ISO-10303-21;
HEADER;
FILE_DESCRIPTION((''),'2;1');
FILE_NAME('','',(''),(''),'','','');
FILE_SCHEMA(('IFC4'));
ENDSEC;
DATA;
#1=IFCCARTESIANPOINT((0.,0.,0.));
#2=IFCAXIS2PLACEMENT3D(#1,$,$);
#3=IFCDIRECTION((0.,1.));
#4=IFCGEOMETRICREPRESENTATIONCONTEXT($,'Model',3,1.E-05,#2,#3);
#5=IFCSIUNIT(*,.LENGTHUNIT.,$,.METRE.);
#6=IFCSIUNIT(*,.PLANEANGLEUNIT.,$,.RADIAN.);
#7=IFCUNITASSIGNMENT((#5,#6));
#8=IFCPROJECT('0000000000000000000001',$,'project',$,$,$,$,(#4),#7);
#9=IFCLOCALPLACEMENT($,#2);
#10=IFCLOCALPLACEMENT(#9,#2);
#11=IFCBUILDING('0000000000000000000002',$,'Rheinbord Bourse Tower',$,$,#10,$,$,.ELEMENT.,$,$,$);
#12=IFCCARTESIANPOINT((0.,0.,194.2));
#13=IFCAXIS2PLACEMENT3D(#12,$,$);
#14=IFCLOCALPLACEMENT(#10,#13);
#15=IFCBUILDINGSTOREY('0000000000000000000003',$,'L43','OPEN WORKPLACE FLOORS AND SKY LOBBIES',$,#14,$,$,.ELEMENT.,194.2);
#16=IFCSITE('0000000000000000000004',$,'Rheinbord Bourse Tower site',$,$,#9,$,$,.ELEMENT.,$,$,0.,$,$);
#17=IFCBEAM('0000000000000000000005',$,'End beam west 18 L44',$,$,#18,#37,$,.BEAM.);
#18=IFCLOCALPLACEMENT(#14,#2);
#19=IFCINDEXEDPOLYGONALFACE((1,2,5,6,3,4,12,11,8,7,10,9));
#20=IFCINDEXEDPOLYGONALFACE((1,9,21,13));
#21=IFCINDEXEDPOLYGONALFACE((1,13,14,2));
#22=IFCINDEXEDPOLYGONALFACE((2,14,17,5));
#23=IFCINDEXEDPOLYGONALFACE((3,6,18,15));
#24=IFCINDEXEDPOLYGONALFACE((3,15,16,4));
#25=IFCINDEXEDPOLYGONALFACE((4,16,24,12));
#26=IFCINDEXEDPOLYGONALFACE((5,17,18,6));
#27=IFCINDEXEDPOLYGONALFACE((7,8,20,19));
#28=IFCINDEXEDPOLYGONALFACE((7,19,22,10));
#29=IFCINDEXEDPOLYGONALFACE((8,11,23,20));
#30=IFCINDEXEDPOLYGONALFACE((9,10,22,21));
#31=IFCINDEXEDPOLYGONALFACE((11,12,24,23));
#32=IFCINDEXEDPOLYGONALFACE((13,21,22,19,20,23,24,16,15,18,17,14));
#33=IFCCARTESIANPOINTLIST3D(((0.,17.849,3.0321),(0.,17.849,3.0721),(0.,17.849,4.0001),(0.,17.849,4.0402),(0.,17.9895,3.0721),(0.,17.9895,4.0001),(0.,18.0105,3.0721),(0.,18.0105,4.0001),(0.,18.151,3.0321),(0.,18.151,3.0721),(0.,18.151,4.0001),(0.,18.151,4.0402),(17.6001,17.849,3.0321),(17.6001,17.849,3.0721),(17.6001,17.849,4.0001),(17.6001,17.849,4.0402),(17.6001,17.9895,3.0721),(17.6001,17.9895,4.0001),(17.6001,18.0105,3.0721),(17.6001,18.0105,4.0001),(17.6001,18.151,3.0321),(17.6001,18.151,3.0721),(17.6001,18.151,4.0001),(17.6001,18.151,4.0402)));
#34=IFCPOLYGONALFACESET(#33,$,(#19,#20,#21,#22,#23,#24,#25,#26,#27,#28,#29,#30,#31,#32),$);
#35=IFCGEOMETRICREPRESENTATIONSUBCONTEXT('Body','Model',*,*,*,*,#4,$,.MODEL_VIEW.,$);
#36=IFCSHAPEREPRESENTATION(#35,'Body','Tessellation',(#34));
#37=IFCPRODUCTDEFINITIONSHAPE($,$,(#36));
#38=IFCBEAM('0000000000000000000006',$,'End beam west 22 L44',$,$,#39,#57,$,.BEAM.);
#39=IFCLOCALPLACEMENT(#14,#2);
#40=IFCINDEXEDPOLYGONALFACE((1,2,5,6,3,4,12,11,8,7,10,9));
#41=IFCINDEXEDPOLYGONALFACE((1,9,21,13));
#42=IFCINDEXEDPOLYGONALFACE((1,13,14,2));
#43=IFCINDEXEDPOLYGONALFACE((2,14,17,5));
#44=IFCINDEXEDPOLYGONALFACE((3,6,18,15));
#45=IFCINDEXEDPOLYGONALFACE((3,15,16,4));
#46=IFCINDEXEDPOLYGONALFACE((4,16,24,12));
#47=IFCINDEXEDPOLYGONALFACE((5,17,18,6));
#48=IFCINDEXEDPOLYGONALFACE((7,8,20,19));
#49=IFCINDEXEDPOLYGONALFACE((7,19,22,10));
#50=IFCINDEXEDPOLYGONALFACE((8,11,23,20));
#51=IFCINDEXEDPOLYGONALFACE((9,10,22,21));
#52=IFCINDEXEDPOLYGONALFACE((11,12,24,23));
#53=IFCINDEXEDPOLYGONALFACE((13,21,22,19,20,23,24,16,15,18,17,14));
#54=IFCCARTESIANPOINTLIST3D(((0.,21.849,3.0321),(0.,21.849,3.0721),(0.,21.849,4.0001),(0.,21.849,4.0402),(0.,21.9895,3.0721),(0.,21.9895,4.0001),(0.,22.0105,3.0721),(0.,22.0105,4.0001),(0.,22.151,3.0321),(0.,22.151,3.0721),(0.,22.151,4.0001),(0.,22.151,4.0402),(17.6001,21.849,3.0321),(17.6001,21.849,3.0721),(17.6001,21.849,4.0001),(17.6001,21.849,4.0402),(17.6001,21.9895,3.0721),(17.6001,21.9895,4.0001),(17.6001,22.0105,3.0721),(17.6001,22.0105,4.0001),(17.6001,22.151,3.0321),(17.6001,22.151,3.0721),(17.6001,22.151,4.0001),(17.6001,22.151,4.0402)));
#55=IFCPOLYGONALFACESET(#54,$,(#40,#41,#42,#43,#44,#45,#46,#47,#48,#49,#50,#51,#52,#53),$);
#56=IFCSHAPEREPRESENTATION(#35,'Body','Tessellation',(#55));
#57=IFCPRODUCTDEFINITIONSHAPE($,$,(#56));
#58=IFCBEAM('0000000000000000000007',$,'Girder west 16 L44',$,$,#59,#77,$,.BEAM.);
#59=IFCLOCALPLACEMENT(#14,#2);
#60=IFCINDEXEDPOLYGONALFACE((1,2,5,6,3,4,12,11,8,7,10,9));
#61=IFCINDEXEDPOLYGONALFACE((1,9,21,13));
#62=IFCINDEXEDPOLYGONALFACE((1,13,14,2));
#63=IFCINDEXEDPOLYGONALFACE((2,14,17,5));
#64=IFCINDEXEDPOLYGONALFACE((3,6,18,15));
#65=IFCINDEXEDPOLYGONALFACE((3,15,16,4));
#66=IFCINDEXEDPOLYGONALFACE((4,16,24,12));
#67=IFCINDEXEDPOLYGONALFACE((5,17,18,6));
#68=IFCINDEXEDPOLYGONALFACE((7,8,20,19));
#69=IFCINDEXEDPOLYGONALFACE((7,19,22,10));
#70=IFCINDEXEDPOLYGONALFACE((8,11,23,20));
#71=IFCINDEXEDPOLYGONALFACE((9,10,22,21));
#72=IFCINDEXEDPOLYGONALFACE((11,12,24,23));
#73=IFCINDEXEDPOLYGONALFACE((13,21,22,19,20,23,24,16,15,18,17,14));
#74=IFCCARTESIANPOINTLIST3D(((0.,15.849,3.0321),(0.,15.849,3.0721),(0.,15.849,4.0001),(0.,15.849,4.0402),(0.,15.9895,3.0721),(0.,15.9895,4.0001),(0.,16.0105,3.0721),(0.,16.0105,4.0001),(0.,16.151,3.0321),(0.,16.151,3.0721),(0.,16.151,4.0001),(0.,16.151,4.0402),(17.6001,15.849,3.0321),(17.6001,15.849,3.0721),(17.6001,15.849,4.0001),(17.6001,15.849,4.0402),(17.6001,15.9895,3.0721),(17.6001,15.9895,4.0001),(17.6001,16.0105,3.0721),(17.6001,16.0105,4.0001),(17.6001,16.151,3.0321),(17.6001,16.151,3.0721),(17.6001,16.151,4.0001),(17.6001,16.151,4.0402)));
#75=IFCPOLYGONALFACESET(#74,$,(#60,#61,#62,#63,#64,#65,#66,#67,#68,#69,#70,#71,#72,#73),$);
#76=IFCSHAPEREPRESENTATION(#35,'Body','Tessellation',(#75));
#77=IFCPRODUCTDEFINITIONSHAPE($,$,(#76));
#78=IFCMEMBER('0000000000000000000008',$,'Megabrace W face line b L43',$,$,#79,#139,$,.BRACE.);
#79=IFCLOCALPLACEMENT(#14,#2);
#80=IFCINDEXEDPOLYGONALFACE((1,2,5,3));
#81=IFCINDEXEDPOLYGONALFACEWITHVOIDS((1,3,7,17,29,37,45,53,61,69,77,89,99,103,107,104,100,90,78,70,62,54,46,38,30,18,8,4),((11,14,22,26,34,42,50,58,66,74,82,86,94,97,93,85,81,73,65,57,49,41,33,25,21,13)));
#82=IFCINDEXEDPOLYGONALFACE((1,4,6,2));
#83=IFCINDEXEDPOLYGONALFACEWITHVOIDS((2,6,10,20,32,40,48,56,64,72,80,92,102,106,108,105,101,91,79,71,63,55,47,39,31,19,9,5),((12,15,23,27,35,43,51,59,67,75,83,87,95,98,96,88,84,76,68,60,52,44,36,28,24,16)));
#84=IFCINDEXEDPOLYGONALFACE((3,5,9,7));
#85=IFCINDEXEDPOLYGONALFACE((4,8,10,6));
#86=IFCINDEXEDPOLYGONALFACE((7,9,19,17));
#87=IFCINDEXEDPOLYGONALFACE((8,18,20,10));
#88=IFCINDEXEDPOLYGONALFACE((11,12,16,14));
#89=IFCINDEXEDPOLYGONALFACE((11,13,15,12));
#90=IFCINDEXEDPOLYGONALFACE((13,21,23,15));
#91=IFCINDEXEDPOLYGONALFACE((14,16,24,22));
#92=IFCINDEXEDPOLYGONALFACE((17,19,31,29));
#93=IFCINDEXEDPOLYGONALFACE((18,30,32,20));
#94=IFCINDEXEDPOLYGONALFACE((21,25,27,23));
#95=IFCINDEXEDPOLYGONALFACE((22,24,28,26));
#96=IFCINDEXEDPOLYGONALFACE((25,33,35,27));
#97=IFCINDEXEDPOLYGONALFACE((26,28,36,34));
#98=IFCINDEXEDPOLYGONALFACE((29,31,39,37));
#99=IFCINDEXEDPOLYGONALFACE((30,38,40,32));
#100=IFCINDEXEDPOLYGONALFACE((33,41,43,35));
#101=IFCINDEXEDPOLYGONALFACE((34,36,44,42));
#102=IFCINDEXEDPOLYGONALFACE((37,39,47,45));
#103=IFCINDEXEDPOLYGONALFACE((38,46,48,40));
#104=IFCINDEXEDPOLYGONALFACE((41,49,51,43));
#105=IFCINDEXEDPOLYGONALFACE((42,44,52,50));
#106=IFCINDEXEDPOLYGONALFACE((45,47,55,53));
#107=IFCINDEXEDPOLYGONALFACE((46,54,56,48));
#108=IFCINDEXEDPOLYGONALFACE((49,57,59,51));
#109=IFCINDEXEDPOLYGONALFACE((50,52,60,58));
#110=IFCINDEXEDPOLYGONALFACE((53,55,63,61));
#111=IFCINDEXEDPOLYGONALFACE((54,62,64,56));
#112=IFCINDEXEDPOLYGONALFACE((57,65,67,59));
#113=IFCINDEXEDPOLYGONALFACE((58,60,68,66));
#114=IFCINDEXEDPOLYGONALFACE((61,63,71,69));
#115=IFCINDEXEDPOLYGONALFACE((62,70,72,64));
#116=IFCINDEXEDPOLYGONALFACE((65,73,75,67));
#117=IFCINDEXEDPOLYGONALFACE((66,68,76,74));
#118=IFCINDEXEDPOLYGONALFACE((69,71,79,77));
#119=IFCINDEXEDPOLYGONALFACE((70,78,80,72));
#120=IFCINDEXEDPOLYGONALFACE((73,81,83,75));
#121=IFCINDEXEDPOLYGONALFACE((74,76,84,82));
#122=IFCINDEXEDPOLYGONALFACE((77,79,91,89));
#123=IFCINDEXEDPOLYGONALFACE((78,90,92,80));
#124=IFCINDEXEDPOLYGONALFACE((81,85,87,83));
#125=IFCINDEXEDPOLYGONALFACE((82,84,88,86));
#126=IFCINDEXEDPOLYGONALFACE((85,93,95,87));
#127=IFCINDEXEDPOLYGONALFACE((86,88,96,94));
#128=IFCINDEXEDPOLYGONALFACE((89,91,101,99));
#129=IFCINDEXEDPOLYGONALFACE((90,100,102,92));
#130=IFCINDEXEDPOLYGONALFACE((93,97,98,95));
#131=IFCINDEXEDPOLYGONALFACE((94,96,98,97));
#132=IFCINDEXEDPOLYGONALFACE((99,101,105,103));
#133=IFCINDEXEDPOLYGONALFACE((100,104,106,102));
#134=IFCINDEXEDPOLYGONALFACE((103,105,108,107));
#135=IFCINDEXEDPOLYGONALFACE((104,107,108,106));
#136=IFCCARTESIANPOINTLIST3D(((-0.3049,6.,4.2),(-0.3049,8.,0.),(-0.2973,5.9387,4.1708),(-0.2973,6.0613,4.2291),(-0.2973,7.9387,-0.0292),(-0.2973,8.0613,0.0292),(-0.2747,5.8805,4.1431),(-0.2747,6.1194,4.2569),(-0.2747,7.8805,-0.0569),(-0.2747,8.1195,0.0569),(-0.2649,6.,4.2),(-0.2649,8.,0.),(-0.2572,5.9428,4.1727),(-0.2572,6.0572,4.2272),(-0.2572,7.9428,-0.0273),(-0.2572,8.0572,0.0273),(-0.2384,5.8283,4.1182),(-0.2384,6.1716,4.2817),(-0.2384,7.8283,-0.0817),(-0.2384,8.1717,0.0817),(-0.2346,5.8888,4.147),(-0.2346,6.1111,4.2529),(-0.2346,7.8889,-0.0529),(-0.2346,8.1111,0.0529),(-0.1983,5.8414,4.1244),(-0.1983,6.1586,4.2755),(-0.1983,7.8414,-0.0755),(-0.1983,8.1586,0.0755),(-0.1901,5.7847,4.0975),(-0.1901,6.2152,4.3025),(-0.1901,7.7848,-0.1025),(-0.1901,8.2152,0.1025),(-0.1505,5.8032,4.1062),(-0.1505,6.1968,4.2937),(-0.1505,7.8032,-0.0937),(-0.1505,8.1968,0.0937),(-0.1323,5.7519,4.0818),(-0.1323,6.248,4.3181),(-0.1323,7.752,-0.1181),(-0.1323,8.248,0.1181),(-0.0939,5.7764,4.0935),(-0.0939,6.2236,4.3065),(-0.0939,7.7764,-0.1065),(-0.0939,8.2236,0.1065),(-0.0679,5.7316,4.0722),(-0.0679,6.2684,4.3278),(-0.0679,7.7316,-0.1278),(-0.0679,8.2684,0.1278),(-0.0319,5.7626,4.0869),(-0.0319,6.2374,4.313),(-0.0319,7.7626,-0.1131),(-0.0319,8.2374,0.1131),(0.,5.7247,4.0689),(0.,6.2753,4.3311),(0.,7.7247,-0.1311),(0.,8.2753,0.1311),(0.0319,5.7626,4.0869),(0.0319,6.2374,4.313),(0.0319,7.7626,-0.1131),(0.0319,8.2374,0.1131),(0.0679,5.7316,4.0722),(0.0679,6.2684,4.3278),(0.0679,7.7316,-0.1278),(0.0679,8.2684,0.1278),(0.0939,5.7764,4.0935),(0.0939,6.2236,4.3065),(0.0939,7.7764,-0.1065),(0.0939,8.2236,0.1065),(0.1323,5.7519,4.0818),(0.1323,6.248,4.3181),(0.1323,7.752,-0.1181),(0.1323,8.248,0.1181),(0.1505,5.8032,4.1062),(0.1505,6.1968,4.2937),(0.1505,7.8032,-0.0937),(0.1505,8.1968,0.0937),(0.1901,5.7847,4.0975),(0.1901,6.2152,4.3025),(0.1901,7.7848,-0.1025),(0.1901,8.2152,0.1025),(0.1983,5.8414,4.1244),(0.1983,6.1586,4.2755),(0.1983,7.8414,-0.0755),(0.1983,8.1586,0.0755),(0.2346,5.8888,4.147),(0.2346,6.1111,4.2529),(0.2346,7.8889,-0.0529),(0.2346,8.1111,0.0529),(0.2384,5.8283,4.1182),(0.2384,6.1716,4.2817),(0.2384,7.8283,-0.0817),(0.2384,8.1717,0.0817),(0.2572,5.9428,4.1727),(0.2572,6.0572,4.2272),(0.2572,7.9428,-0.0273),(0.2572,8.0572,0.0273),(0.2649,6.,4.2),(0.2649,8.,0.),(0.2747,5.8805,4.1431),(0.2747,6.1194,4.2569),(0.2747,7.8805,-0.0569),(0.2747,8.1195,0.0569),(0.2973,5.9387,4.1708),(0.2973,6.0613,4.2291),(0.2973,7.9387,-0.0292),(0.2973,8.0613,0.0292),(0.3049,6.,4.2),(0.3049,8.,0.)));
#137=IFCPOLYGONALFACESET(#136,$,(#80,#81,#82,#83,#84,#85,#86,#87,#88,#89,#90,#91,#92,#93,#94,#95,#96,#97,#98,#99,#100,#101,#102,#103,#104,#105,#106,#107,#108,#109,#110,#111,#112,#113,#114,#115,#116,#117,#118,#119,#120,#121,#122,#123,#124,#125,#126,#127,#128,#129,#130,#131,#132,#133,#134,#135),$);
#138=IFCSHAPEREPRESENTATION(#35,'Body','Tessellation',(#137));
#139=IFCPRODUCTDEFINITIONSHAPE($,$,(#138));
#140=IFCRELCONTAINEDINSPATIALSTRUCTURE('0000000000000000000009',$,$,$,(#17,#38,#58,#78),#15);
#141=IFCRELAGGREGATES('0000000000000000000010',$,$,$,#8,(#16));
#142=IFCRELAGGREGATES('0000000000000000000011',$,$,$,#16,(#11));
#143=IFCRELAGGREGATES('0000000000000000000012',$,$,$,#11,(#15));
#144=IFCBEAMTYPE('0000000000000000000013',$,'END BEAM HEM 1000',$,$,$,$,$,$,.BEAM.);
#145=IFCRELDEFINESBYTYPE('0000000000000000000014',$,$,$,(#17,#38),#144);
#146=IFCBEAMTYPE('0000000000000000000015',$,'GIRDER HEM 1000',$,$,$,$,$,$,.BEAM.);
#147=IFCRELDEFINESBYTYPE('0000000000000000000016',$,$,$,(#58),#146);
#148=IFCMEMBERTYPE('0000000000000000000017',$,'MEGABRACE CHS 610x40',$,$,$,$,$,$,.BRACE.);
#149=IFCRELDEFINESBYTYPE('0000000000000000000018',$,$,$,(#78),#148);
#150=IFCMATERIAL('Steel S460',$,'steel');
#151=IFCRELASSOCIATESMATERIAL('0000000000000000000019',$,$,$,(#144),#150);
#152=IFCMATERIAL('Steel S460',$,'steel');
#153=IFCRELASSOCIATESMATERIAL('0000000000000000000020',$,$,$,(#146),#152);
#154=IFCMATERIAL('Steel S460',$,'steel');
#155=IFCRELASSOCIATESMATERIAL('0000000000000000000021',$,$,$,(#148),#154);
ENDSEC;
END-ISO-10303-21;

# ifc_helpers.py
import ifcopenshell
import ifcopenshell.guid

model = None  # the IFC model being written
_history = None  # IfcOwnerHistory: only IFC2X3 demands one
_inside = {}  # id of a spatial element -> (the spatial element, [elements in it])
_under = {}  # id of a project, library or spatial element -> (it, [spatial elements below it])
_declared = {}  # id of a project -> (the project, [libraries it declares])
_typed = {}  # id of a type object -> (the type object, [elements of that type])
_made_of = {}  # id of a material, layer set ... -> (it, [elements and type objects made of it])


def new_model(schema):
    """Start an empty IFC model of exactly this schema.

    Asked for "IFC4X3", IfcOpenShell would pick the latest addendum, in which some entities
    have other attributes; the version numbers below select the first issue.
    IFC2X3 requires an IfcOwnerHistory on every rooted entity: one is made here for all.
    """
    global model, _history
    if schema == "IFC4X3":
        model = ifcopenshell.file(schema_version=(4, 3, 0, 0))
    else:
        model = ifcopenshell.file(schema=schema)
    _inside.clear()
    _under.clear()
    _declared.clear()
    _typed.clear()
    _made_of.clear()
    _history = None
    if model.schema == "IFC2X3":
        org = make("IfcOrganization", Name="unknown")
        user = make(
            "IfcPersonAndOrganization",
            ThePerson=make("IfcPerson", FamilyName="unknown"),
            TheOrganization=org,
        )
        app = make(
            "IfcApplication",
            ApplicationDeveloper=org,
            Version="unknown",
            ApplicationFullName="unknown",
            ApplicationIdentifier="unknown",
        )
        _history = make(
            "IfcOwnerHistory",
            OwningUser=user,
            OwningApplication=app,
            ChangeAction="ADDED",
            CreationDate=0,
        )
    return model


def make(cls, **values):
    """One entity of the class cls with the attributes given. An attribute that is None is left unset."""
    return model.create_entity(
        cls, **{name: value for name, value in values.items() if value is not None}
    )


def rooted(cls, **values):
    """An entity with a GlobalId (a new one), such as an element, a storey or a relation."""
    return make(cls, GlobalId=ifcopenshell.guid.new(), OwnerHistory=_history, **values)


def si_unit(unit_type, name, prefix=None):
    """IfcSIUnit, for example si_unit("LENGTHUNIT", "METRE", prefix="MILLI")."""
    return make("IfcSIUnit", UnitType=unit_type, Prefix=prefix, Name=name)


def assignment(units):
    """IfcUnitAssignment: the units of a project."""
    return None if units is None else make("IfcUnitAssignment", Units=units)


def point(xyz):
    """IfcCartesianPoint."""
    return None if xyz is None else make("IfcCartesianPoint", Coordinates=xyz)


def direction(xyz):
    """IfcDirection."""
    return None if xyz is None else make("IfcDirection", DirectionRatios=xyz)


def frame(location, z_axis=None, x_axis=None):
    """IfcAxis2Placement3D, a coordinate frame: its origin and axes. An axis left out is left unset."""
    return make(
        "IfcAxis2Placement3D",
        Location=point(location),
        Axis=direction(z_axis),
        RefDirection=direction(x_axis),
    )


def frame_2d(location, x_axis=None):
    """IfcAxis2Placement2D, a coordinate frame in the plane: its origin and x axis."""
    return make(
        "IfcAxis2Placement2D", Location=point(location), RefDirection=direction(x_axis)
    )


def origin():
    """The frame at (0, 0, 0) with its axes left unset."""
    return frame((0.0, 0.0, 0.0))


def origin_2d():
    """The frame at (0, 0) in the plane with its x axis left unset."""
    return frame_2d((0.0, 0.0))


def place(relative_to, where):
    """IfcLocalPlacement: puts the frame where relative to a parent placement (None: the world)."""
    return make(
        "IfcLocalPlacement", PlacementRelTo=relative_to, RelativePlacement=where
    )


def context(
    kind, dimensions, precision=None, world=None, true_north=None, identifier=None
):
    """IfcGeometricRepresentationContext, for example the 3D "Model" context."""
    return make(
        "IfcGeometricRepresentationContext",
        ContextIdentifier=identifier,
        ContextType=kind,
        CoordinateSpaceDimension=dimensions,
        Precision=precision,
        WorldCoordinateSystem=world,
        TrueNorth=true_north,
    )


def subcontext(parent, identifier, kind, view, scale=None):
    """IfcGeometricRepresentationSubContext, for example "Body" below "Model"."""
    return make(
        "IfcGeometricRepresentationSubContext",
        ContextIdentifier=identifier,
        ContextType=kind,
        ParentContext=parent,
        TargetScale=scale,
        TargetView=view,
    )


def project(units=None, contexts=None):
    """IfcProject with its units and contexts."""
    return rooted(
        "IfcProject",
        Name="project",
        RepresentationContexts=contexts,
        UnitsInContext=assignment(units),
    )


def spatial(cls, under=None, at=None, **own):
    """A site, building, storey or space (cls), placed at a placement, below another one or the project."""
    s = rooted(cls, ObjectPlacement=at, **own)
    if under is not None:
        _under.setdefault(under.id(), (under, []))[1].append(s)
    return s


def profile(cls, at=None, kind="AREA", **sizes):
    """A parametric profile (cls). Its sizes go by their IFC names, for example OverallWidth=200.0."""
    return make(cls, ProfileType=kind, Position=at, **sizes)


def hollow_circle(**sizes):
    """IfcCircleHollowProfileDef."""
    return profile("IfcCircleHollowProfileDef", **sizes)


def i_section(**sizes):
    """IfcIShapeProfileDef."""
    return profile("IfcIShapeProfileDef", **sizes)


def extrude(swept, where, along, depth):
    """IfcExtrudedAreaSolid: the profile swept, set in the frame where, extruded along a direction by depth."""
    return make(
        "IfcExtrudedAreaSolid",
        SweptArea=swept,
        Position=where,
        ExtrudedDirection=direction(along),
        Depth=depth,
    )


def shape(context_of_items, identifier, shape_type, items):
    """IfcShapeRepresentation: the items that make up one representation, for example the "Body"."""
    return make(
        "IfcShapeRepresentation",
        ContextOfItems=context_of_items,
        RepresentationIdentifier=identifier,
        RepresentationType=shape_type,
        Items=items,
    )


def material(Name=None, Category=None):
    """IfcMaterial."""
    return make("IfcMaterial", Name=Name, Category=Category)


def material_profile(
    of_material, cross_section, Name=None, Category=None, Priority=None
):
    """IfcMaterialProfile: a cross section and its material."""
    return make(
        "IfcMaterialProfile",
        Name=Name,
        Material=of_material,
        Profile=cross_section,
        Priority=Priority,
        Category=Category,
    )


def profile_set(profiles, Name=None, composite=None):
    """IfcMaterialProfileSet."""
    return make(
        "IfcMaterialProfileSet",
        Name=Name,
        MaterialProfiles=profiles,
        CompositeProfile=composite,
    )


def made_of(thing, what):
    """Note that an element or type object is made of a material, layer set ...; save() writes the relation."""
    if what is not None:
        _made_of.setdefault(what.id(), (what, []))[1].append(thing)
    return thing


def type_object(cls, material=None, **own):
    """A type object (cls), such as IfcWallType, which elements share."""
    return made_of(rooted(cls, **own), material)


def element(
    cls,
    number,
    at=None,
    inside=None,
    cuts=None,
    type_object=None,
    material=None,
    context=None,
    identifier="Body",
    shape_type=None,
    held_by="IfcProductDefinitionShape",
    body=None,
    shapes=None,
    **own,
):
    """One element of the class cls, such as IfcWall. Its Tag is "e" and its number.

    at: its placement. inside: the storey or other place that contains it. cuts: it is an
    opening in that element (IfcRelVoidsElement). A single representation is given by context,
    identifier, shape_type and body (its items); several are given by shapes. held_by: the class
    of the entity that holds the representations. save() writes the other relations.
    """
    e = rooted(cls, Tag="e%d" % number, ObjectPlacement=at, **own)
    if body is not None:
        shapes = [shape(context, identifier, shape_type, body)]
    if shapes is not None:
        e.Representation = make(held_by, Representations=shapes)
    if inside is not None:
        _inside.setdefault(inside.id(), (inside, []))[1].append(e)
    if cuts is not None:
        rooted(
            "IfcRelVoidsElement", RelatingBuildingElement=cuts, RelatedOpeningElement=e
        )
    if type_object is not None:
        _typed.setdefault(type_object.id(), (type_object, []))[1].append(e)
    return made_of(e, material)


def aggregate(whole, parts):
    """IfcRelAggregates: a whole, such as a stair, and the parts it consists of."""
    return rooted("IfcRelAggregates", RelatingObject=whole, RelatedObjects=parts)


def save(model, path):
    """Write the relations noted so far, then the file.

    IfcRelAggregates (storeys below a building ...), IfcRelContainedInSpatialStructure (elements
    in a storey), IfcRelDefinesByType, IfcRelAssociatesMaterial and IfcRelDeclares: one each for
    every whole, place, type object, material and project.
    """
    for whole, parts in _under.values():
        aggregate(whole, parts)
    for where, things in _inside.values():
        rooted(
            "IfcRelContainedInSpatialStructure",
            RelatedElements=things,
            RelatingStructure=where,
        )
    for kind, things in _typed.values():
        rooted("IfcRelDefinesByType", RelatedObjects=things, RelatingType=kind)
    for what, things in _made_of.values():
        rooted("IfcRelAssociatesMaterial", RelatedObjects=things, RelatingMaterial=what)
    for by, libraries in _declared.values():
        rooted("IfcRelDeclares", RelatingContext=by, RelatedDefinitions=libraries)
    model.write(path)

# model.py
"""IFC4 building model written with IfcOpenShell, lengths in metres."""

from ifc_helpers import new_model, si_unit, direction, frame, origin, origin_2d, place, context, subcontext, project, spatial, hollow_circle, i_section, extrude, material, material_profile, profile_set, type_object, element, save


model = new_model("IFC4")

# Units and contexts
model_context = context("Model", 3, precision=1e-05, world=origin(), true_north=direction((0.0, 1.0)))
body_context = subcontext(model_context, "Body", "Model", "MODEL_VIEW")
ifc_project = project(units=[si_unit("LENGTHUNIT", "METRE"), si_unit("PLANEANGLEUNIT", "RADIAN")], contexts=[model_context])

# Site, building, storey
site_placement = place(None, origin())
site = spatial("IfcSite", under=ifc_project, at=site_placement, Name="Rheinbord Bourse Tower site", CompositionType="ELEMENT", RefElevation=0.0)
building_placement = place(site_placement, origin())
building = spatial("IfcBuilding", under=site, at=building_placement, Name="Rheinbord Bourse Tower", CompositionType="ELEMENT")
storey_placement = place(building_placement, frame((0.0, 0.0, 194.2)))
storey = spatial("IfcBuildingStorey", under=building, at=storey_placement, Name="L43", Description="OPEN WORKPLACE FLOORS AND SKY LOBBIES", CompositionType="ELEMENT", Elevation=194.2)

# Beams
ifc_material_1 = material(Name="Steel S460", Category="steel")
ifc_material_profile_1 = material_profile(ifc_material_1, i_section(OverallWidth=0.302, OverallDepth=1.0081, WebThickness=0.021, FlangeThickness=0.04, at=origin_2d()), Name="HEM 1000")
ifc_profile_set_1 = profile_set([ifc_material_profile_1], Name="Steel S460")
beam_type_1 = type_object("IfcBeamType", Name="END BEAM HEM 1000", PredefinedType="BEAM", material=ifc_profile_set_1)
for number, where, z_axis, x_axis, name in (
    (1, (0.0, 18.0, 3.5361), (1.0, 0.0, 0.0), (0.0, 1.0, 0.0), "End beam west 18 L44"),
    (2, (0.0, 22.0, 3.5361), (1.0, 0.0, 0.0), (0.0, 1.0, 0.0), "End beam west 22 L44"),
):
    element("IfcBeam", number, at=place(storey_placement, frame(where, z_axis=z_axis, x_axis=x_axis)), inside=storey, type_object=beam_type_1, Name=name, PredefinedType="BEAM", context=body_context, shape_type="SweptSolid", body=[
        extrude(i_section(OverallWidth=0.302, OverallDepth=1.0081, WebThickness=0.021, FlangeThickness=0.04, at=origin_2d()), origin(), (0.0, 0.0, 1.0), 17.6001),
    ])
ifc_material_2 = material(Name="Steel S460", Category="steel")
ifc_material_profile_2 = material_profile(ifc_material_2, i_section(OverallWidth=0.302, OverallDepth=1.0081, WebThickness=0.021, FlangeThickness=0.04, at=origin_2d()), Name="HEM 1000")
ifc_profile_set_2 = profile_set([ifc_material_profile_2], Name="Steel S460")
beam_type_2 = type_object("IfcBeamType", Name="GIRDER HEM 1000", PredefinedType="BEAM", material=ifc_profile_set_2)
beam_1_placement = place(storey_placement, frame((0.0, 16.0, 3.5361), z_axis=(1.0, 0.0, 0.0), x_axis=(0.0, 1.0, 0.0)))
element("IfcBeam", 3, at=beam_1_placement, inside=storey, type_object=beam_type_2, Name="Girder west 16 L44", PredefinedType="BEAM", context=body_context, shape_type="SweptSolid", body=[
    extrude(i_section(OverallWidth=0.302, OverallDepth=1.0081, WebThickness=0.021, FlangeThickness=0.04, at=origin_2d()), origin(), (0.0, 0.0, 1.0), 17.6001),
])

# Member
ifc_material_3 = material(Name="Steel S460", Category="steel")
ifc_material_profile_3 = material_profile(ifc_material_3, hollow_circle(Radius=0.3049, WallThickness=0.04, at=origin_2d()), Name="CHS 610x40")
ifc_profile_set_3 = profile_set([ifc_material_profile_3], Name="Steel S460")
member_type_1 = type_object("IfcMemberType", Name="MEGABRACE CHS 610x40", PredefinedType="BRACE", material=ifc_profile_set_3)
member_1_placement = place(storey_placement, frame((0.0, 8.0, 0.0), z_axis=(0.0, -0.429938, 0.902859), x_axis=(1.0, 0.0, 0.0)))
element("IfcMember", 4, at=member_1_placement, inside=storey, type_object=member_type_1, Name="Megabrace W face line b L43", PredefinedType="BRACE", context=body_context, shape_type="SweptSolid", body=[
    extrude(hollow_circle(Radius=0.3049, WallThickness=0.04, at=origin_2d()), origin(), (0.0, 0.0, 1.0), 4.6519),
])

save(model, "model.ifc")
